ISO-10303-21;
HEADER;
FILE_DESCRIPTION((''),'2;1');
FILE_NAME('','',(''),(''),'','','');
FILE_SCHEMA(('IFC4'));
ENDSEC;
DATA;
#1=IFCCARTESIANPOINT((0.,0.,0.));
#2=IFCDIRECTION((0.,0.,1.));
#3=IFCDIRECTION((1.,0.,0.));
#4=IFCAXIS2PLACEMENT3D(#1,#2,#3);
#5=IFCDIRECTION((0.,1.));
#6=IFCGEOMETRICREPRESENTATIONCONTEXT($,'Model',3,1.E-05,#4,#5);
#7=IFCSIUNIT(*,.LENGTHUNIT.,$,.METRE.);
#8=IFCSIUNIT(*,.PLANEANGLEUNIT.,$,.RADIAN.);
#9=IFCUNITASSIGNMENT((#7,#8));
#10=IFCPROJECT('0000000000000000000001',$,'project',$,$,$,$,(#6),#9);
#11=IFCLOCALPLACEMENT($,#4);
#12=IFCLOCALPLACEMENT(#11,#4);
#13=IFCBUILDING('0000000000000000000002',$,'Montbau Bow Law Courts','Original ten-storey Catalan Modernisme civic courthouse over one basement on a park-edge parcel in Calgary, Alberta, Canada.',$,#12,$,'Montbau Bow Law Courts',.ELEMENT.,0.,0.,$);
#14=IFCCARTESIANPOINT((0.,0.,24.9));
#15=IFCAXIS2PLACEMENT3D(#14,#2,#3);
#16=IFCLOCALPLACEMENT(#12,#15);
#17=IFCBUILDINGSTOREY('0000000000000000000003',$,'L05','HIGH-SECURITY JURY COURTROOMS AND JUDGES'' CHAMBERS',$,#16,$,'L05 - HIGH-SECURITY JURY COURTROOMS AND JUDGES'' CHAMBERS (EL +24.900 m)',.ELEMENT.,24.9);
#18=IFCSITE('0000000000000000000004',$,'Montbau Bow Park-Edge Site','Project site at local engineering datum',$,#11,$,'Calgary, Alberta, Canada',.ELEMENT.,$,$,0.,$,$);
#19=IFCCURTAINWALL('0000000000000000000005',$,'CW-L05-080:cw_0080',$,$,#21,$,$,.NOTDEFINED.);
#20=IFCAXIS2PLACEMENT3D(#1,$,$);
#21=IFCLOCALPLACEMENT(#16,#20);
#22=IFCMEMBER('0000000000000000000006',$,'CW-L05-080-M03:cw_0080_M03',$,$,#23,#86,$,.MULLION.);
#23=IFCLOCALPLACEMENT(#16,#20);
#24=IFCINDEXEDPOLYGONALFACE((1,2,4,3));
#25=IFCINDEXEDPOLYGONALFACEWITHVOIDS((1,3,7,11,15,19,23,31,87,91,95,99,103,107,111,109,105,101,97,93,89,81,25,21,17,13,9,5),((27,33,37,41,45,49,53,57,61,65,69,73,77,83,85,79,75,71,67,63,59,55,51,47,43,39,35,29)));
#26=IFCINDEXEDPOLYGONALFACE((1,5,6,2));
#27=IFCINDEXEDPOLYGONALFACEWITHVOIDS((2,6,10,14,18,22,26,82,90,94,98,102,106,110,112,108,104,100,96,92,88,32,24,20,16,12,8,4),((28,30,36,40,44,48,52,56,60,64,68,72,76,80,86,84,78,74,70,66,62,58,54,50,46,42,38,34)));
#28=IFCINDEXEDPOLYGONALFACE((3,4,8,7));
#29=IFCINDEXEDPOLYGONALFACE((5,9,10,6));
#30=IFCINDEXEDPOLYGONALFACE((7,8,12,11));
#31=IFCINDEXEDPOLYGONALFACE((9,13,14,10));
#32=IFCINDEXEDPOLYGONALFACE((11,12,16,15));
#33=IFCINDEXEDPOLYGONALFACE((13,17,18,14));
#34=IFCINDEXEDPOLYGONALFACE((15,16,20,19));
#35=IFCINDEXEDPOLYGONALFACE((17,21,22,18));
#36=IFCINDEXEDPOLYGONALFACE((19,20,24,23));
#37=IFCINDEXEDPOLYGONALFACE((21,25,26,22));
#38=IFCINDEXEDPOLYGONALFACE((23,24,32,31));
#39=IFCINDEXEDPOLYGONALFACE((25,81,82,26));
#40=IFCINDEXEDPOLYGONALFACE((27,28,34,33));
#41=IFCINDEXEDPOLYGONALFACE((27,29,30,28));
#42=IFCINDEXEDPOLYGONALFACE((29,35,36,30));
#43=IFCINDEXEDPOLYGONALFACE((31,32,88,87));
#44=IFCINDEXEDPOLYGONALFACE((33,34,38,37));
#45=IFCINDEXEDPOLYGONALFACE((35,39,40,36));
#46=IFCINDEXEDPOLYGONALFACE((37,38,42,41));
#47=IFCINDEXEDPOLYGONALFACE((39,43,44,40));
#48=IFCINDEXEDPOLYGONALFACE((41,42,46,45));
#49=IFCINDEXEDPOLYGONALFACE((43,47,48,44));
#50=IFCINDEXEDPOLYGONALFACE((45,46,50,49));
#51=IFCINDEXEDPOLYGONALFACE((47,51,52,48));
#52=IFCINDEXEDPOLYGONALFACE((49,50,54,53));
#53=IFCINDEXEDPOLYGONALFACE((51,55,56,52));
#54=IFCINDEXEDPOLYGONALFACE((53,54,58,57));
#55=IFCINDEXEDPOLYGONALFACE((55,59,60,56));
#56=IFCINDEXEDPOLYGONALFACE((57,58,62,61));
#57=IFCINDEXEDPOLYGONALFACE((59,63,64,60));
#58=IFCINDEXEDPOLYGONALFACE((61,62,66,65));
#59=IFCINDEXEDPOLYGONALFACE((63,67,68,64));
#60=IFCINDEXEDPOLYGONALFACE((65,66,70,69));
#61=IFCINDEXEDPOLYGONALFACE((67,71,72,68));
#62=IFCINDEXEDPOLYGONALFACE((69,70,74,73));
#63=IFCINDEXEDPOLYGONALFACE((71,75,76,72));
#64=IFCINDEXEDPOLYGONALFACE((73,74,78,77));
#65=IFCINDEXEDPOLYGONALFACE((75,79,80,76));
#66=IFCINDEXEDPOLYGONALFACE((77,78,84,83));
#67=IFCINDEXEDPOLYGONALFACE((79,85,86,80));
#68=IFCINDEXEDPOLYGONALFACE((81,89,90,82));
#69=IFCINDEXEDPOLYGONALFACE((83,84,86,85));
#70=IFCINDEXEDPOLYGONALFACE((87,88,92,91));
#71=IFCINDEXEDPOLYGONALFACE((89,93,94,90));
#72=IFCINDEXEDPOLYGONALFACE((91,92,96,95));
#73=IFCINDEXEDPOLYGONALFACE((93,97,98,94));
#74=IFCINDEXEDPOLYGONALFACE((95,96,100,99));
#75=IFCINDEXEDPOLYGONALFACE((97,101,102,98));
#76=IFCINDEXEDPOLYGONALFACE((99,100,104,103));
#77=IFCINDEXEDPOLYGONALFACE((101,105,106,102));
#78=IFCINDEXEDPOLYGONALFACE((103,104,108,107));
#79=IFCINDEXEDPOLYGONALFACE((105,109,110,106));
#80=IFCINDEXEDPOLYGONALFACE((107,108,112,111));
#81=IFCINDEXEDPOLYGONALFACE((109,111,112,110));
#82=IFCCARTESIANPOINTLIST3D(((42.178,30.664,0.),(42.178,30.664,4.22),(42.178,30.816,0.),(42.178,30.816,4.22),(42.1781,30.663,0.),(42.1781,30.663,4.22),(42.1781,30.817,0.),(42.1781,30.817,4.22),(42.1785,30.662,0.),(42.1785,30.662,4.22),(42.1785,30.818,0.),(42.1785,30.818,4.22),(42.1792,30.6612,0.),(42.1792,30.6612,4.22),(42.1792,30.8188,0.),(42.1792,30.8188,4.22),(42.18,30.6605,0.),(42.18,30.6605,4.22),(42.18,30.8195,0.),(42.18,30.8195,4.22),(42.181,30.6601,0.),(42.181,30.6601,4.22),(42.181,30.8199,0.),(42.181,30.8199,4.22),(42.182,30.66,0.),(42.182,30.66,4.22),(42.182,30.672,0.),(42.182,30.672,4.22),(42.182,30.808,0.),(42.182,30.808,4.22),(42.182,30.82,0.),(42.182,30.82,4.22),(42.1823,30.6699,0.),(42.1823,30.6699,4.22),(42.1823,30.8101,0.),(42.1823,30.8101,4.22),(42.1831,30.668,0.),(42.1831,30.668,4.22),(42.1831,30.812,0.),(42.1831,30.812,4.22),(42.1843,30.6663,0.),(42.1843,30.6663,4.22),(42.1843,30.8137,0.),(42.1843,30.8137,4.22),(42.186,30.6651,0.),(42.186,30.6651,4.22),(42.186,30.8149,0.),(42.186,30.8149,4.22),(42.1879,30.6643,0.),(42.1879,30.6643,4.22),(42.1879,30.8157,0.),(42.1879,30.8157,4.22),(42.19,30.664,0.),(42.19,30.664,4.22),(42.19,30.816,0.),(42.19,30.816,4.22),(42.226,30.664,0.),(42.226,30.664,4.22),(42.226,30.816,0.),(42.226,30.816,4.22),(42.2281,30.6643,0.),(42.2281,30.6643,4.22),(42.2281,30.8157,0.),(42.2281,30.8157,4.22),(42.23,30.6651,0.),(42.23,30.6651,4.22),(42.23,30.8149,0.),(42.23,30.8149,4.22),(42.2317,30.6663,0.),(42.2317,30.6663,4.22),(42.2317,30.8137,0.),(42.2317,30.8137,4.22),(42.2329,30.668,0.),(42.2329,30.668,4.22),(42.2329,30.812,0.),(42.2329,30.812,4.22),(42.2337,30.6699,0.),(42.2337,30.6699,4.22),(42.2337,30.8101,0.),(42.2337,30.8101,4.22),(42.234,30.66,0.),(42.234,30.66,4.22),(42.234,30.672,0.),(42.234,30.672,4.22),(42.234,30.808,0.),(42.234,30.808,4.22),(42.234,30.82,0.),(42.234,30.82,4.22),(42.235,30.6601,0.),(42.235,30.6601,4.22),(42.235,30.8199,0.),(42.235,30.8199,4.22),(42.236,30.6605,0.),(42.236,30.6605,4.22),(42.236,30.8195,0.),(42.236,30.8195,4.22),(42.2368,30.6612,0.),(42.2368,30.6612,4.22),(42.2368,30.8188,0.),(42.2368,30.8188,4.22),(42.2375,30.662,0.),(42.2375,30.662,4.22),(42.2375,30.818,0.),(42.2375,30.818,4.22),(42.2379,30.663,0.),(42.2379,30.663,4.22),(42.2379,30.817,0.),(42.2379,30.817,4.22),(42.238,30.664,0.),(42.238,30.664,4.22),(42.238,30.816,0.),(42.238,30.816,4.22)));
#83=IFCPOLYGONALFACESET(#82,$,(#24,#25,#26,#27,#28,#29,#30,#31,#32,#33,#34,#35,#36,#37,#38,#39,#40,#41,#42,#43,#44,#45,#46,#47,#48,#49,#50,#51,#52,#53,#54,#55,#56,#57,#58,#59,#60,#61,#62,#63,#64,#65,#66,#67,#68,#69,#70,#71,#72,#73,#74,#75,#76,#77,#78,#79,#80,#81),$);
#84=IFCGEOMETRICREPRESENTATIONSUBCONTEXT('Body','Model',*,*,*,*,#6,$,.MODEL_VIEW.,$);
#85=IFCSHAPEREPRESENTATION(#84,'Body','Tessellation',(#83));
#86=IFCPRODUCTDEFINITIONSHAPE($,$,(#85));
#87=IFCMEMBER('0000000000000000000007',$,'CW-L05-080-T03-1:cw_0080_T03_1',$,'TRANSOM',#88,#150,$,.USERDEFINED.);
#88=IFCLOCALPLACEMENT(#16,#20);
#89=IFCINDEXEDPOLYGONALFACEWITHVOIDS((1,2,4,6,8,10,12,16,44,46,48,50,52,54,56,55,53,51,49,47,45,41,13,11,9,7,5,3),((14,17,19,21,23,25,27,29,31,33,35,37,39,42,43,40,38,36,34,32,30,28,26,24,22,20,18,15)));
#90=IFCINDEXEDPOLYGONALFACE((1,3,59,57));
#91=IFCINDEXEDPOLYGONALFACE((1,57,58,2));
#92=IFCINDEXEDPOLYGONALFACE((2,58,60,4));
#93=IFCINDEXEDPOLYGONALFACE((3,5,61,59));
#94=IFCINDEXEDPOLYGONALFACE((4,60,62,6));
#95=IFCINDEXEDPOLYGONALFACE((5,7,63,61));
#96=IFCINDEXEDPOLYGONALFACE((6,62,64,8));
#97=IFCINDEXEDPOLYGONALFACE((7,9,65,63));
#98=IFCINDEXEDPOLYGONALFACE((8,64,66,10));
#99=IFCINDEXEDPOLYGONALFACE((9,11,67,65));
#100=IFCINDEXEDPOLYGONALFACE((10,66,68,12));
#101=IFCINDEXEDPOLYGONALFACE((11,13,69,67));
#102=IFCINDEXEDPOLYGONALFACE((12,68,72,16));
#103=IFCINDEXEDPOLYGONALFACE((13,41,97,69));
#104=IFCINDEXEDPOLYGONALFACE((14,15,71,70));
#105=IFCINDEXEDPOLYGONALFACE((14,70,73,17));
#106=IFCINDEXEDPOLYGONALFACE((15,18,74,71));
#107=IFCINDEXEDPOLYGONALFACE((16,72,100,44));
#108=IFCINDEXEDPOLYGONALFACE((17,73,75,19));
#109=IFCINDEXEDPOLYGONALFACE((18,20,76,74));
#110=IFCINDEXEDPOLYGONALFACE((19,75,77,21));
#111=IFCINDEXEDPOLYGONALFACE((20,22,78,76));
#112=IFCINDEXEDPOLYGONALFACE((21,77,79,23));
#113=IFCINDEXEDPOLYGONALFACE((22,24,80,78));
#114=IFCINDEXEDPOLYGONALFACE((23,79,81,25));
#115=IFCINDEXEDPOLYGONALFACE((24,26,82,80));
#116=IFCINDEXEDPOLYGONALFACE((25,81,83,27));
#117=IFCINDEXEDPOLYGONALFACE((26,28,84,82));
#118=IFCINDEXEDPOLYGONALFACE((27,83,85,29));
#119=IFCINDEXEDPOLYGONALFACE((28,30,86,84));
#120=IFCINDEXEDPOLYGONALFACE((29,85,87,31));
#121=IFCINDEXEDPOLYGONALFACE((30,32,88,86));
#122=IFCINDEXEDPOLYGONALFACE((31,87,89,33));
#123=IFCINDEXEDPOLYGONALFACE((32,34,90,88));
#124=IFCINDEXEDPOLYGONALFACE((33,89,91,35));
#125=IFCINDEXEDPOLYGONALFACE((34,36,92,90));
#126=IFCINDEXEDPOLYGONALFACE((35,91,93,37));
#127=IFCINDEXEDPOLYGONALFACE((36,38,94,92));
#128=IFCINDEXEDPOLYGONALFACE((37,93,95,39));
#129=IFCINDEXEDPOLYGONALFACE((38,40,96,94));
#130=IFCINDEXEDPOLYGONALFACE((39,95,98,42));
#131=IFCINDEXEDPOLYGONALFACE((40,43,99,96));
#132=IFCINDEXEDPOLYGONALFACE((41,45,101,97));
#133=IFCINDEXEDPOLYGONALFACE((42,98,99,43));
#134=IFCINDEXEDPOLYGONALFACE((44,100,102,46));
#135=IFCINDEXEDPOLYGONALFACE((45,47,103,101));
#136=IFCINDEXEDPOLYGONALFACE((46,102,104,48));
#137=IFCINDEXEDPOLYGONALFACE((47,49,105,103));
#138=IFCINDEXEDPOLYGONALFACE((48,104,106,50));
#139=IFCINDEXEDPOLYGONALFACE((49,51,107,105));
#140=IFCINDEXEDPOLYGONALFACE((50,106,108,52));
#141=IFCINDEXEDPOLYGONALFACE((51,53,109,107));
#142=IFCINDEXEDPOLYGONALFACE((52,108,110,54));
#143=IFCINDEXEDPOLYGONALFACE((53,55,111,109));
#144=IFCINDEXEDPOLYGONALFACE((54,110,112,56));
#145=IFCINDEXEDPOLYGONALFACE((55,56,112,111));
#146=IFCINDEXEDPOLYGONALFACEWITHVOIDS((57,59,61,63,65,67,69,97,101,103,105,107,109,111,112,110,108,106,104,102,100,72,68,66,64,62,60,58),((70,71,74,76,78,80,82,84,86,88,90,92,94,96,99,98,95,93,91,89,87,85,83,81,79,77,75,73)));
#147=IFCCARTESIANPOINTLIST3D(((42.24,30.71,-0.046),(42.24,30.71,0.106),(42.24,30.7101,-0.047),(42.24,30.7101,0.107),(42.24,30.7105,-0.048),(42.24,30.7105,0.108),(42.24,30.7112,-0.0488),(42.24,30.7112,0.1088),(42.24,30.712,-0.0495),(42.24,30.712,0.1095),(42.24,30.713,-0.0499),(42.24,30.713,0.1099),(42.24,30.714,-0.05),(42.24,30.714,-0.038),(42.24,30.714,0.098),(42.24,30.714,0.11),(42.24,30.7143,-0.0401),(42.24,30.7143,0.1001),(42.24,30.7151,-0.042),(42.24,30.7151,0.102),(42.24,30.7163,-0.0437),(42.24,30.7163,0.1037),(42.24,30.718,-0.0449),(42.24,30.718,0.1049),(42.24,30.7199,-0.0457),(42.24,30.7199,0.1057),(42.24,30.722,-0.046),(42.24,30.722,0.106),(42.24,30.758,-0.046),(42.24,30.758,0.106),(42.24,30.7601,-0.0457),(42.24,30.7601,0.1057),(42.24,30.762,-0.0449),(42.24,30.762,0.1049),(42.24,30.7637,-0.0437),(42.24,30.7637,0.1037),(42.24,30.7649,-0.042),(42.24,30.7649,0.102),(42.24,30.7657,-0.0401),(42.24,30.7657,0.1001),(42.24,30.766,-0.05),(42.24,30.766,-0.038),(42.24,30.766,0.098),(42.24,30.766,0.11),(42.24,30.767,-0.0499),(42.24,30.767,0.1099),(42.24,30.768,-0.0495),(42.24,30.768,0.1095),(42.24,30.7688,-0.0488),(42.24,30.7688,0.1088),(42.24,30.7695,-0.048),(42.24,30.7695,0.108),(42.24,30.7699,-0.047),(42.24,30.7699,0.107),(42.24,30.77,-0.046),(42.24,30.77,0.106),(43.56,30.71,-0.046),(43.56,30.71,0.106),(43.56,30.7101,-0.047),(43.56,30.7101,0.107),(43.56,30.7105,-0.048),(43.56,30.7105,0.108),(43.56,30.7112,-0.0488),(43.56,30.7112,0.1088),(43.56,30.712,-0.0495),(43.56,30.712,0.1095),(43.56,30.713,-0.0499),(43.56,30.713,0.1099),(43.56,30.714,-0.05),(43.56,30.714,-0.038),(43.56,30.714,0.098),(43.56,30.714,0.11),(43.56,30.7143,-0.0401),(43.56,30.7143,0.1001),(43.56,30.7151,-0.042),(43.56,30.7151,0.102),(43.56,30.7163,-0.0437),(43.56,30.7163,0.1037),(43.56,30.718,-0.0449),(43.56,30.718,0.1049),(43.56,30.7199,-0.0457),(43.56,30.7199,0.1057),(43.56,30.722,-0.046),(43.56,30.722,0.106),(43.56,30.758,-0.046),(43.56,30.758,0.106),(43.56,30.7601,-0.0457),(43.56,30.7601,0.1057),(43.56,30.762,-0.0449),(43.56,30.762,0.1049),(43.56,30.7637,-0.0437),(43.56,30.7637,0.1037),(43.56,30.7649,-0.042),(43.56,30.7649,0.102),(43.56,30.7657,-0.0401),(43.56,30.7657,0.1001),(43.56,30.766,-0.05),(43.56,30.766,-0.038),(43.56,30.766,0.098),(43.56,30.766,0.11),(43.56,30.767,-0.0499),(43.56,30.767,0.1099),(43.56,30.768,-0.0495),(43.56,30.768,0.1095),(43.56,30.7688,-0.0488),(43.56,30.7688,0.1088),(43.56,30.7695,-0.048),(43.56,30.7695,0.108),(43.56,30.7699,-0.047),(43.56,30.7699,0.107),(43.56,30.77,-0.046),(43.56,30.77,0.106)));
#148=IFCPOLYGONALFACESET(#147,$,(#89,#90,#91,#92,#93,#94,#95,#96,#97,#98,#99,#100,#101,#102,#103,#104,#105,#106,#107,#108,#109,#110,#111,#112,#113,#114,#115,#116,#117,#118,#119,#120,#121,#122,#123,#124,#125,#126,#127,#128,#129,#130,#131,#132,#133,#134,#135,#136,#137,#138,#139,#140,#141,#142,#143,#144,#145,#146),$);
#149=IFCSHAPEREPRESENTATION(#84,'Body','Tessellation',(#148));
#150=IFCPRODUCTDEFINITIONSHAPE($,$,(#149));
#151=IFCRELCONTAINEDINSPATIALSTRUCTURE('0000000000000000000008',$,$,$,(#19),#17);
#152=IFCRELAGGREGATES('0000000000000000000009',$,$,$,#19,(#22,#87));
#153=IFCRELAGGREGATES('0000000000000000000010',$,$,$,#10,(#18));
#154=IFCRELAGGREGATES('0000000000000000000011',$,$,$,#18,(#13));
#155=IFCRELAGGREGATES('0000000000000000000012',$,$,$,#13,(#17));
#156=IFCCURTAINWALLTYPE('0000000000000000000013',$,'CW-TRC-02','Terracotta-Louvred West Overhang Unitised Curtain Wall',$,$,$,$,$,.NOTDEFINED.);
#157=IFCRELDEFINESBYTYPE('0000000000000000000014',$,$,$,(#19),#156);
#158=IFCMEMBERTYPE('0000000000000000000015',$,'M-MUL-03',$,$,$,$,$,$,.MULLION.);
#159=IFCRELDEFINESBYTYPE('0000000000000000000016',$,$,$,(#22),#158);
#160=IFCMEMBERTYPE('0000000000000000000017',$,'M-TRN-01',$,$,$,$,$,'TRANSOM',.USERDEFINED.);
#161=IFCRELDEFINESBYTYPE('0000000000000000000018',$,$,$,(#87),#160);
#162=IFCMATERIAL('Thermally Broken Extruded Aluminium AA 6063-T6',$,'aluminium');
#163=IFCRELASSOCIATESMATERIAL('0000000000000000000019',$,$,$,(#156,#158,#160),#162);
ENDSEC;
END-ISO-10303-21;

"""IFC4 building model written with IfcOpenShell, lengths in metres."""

from ifc_helpers import new_model, si_unit, direction, frame, origin_with_axes, origin_2d_with_axis, place, context, subcontext, project, spatial, hollow_rectangle, extrude, material, material_profile, profile_set, type_object, element, aggregate, save


model = new_model("IFC4")

# Units and contexts
model_context = context("Model", 3, precision=1e-05, world=origin_with_axes(), true_north=direction((0.0, 1.0)))
body_context = subcontext(model_context, "Body", "Model", "MODEL_VIEW")
ifc_project = project(units=[si_unit("LENGTHUNIT", "METRE"), si_unit("PLANEANGLEUNIT", "RADIAN")], contexts=[model_context])

# Site, building, storey
site_placement = place(None, origin_with_axes())
site = spatial("IfcSite", under=ifc_project, at=site_placement, Name="Montbau Bow Park-Edge Site", Description="Project site at local engineering datum", LongName="Calgary, Alberta, Canada", CompositionType="ELEMENT", RefElevation=0.0)
building_placement = place(site_placement, origin_with_axes())
building = spatial("IfcBuilding", under=site, at=building_placement, Name="Montbau Bow Law Courts", Description="Original ten-storey Catalan Modernisme civic courthouse over one basement on a park-edge parcel in Calgary, Alberta, Canada.", LongName="Montbau Bow Law Courts", CompositionType="ELEMENT", ElevationOfRefHeight=0.0, ElevationOfTerrain=0.0)
storey_placement = place(building_placement, frame((0.0, 0.0, 24.9), z_axis=(0.0, 0.0, 1.0), x_axis=(1.0, 0.0, 0.0)))
storey = spatial("IfcBuildingStorey", under=building, at=storey_placement, Name="L05", Description="HIGH-SECURITY JURY COURTROOMS AND JUDGES' CHAMBERS", LongName="L05 - HIGH-SECURITY JURY COURTROOMS AND JUDGES' CHAMBERS (EL +24.900 m)", CompositionType="ELEMENT", Elevation=24.9)

# Curtain wall, members
ifc_material_1 = material(Name="Thermally Broken Extruded Aluminium AA 6063-T6", Category="aluminium")
curtain_wall_type = type_object("IfcCurtainWallType", Name="CW-TRC-02", Description="Terracotta-Louvred West Overhang Unitised Curtain Wall", PredefinedType="NOTDEFINED", material=ifc_material_1)
curtain_wall_placement = place(None, frame((39.44, 30.74, 24.9), z_axis=(0.0, 0.0, 1.0), x_axis=(1.0, 0.0, 0.0)))
curtain_wall = element("IfcCurtainWall", 1, at=curtain_wall_placement, inside=storey, type_object=curtain_wall_type, Name="CW-L05-080:cw_0080", PredefinedType="NOTDEFINED")
ifc_material_profile_1 = material_profile(ifc_material_1, hollow_rectangle(XDim=0.06, YDim=0.16, WallThickness=0.004, InnerFilletRadius=0.008, OuterFilletRadius=0.004, at=origin_2d_with_axis()), Name="CWM-160X60", Category="Main", Priority=0)
ifc_profile_set_1 = profile_set([ifc_material_profile_1], Name="Thermally Broken Extruded Aluminium AA 6063-T6")
member_type_1 = type_object("IfcMemberType", Name="M-MUL-03", PredefinedType="MULLION", material=ifc_profile_set_1)
member_1_placement = place(None, frame((42.208, 30.74, 24.9), z_axis=(0.0, 0.0, 1.0), x_axis=(1.0, 0.0, 0.0)))
member_1 = element("IfcMember", 2, at=member_1_placement, type_object=member_type_1, Name="CW-L05-080-M03:cw_0080_M03", PredefinedType="MULLION", context=body_context, shape_type="SweptSolid", body=[
    extrude(hollow_rectangle(XDim=0.06, YDim=0.16, WallThickness=0.004, InnerFilletRadius=0.008, OuterFilletRadius=0.004, at=origin_2d_with_axis()), origin_with_axes(), (0.0, 0.0, 1.0), 4.22),
])
ifc_material_profile_2 = material_profile(ifc_material_1, hollow_rectangle(XDim=0.06, YDim=0.16, WallThickness=0.004, InnerFilletRadius=0.008, OuterFilletRadius=0.004, at=origin_2d_with_axis()), Name="CWT-160X60", Category="Main", Priority=0)
ifc_profile_set_2 = profile_set([ifc_material_profile_2], Name="Thermally Broken Extruded Aluminium AA 6063-T6")
member_type_2 = type_object("IfcMemberType", Name="M-TRN-01", ElementType="TRANSOM", PredefinedType="USERDEFINED", material=ifc_profile_set_2)
member_2_placement = place(None, frame((42.24, 30.74, 24.93), z_axis=(1.0, 0.0, 0.0), x_axis=(0.0, 1.0, 0.0)))
member_2 = element("IfcMember", 3, at=member_2_placement, type_object=member_type_2, Name="CW-L05-080-T03-1:cw_0080_T03_1", ObjectType="TRANSOM", PredefinedType="USERDEFINED", context=body_context, shape_type="SweptSolid", body=[
    extrude(hollow_rectangle(XDim=0.06, YDim=0.16, WallThickness=0.004, InnerFilletRadius=0.008, OuterFilletRadius=0.004, at=origin_2d_with_axis()), origin_with_axes(), (0.0, 0.0, 1.0), 1.32),
])
aggregate(curtain_wall, [member_1, member_2])

save(model, "model.ifc")
